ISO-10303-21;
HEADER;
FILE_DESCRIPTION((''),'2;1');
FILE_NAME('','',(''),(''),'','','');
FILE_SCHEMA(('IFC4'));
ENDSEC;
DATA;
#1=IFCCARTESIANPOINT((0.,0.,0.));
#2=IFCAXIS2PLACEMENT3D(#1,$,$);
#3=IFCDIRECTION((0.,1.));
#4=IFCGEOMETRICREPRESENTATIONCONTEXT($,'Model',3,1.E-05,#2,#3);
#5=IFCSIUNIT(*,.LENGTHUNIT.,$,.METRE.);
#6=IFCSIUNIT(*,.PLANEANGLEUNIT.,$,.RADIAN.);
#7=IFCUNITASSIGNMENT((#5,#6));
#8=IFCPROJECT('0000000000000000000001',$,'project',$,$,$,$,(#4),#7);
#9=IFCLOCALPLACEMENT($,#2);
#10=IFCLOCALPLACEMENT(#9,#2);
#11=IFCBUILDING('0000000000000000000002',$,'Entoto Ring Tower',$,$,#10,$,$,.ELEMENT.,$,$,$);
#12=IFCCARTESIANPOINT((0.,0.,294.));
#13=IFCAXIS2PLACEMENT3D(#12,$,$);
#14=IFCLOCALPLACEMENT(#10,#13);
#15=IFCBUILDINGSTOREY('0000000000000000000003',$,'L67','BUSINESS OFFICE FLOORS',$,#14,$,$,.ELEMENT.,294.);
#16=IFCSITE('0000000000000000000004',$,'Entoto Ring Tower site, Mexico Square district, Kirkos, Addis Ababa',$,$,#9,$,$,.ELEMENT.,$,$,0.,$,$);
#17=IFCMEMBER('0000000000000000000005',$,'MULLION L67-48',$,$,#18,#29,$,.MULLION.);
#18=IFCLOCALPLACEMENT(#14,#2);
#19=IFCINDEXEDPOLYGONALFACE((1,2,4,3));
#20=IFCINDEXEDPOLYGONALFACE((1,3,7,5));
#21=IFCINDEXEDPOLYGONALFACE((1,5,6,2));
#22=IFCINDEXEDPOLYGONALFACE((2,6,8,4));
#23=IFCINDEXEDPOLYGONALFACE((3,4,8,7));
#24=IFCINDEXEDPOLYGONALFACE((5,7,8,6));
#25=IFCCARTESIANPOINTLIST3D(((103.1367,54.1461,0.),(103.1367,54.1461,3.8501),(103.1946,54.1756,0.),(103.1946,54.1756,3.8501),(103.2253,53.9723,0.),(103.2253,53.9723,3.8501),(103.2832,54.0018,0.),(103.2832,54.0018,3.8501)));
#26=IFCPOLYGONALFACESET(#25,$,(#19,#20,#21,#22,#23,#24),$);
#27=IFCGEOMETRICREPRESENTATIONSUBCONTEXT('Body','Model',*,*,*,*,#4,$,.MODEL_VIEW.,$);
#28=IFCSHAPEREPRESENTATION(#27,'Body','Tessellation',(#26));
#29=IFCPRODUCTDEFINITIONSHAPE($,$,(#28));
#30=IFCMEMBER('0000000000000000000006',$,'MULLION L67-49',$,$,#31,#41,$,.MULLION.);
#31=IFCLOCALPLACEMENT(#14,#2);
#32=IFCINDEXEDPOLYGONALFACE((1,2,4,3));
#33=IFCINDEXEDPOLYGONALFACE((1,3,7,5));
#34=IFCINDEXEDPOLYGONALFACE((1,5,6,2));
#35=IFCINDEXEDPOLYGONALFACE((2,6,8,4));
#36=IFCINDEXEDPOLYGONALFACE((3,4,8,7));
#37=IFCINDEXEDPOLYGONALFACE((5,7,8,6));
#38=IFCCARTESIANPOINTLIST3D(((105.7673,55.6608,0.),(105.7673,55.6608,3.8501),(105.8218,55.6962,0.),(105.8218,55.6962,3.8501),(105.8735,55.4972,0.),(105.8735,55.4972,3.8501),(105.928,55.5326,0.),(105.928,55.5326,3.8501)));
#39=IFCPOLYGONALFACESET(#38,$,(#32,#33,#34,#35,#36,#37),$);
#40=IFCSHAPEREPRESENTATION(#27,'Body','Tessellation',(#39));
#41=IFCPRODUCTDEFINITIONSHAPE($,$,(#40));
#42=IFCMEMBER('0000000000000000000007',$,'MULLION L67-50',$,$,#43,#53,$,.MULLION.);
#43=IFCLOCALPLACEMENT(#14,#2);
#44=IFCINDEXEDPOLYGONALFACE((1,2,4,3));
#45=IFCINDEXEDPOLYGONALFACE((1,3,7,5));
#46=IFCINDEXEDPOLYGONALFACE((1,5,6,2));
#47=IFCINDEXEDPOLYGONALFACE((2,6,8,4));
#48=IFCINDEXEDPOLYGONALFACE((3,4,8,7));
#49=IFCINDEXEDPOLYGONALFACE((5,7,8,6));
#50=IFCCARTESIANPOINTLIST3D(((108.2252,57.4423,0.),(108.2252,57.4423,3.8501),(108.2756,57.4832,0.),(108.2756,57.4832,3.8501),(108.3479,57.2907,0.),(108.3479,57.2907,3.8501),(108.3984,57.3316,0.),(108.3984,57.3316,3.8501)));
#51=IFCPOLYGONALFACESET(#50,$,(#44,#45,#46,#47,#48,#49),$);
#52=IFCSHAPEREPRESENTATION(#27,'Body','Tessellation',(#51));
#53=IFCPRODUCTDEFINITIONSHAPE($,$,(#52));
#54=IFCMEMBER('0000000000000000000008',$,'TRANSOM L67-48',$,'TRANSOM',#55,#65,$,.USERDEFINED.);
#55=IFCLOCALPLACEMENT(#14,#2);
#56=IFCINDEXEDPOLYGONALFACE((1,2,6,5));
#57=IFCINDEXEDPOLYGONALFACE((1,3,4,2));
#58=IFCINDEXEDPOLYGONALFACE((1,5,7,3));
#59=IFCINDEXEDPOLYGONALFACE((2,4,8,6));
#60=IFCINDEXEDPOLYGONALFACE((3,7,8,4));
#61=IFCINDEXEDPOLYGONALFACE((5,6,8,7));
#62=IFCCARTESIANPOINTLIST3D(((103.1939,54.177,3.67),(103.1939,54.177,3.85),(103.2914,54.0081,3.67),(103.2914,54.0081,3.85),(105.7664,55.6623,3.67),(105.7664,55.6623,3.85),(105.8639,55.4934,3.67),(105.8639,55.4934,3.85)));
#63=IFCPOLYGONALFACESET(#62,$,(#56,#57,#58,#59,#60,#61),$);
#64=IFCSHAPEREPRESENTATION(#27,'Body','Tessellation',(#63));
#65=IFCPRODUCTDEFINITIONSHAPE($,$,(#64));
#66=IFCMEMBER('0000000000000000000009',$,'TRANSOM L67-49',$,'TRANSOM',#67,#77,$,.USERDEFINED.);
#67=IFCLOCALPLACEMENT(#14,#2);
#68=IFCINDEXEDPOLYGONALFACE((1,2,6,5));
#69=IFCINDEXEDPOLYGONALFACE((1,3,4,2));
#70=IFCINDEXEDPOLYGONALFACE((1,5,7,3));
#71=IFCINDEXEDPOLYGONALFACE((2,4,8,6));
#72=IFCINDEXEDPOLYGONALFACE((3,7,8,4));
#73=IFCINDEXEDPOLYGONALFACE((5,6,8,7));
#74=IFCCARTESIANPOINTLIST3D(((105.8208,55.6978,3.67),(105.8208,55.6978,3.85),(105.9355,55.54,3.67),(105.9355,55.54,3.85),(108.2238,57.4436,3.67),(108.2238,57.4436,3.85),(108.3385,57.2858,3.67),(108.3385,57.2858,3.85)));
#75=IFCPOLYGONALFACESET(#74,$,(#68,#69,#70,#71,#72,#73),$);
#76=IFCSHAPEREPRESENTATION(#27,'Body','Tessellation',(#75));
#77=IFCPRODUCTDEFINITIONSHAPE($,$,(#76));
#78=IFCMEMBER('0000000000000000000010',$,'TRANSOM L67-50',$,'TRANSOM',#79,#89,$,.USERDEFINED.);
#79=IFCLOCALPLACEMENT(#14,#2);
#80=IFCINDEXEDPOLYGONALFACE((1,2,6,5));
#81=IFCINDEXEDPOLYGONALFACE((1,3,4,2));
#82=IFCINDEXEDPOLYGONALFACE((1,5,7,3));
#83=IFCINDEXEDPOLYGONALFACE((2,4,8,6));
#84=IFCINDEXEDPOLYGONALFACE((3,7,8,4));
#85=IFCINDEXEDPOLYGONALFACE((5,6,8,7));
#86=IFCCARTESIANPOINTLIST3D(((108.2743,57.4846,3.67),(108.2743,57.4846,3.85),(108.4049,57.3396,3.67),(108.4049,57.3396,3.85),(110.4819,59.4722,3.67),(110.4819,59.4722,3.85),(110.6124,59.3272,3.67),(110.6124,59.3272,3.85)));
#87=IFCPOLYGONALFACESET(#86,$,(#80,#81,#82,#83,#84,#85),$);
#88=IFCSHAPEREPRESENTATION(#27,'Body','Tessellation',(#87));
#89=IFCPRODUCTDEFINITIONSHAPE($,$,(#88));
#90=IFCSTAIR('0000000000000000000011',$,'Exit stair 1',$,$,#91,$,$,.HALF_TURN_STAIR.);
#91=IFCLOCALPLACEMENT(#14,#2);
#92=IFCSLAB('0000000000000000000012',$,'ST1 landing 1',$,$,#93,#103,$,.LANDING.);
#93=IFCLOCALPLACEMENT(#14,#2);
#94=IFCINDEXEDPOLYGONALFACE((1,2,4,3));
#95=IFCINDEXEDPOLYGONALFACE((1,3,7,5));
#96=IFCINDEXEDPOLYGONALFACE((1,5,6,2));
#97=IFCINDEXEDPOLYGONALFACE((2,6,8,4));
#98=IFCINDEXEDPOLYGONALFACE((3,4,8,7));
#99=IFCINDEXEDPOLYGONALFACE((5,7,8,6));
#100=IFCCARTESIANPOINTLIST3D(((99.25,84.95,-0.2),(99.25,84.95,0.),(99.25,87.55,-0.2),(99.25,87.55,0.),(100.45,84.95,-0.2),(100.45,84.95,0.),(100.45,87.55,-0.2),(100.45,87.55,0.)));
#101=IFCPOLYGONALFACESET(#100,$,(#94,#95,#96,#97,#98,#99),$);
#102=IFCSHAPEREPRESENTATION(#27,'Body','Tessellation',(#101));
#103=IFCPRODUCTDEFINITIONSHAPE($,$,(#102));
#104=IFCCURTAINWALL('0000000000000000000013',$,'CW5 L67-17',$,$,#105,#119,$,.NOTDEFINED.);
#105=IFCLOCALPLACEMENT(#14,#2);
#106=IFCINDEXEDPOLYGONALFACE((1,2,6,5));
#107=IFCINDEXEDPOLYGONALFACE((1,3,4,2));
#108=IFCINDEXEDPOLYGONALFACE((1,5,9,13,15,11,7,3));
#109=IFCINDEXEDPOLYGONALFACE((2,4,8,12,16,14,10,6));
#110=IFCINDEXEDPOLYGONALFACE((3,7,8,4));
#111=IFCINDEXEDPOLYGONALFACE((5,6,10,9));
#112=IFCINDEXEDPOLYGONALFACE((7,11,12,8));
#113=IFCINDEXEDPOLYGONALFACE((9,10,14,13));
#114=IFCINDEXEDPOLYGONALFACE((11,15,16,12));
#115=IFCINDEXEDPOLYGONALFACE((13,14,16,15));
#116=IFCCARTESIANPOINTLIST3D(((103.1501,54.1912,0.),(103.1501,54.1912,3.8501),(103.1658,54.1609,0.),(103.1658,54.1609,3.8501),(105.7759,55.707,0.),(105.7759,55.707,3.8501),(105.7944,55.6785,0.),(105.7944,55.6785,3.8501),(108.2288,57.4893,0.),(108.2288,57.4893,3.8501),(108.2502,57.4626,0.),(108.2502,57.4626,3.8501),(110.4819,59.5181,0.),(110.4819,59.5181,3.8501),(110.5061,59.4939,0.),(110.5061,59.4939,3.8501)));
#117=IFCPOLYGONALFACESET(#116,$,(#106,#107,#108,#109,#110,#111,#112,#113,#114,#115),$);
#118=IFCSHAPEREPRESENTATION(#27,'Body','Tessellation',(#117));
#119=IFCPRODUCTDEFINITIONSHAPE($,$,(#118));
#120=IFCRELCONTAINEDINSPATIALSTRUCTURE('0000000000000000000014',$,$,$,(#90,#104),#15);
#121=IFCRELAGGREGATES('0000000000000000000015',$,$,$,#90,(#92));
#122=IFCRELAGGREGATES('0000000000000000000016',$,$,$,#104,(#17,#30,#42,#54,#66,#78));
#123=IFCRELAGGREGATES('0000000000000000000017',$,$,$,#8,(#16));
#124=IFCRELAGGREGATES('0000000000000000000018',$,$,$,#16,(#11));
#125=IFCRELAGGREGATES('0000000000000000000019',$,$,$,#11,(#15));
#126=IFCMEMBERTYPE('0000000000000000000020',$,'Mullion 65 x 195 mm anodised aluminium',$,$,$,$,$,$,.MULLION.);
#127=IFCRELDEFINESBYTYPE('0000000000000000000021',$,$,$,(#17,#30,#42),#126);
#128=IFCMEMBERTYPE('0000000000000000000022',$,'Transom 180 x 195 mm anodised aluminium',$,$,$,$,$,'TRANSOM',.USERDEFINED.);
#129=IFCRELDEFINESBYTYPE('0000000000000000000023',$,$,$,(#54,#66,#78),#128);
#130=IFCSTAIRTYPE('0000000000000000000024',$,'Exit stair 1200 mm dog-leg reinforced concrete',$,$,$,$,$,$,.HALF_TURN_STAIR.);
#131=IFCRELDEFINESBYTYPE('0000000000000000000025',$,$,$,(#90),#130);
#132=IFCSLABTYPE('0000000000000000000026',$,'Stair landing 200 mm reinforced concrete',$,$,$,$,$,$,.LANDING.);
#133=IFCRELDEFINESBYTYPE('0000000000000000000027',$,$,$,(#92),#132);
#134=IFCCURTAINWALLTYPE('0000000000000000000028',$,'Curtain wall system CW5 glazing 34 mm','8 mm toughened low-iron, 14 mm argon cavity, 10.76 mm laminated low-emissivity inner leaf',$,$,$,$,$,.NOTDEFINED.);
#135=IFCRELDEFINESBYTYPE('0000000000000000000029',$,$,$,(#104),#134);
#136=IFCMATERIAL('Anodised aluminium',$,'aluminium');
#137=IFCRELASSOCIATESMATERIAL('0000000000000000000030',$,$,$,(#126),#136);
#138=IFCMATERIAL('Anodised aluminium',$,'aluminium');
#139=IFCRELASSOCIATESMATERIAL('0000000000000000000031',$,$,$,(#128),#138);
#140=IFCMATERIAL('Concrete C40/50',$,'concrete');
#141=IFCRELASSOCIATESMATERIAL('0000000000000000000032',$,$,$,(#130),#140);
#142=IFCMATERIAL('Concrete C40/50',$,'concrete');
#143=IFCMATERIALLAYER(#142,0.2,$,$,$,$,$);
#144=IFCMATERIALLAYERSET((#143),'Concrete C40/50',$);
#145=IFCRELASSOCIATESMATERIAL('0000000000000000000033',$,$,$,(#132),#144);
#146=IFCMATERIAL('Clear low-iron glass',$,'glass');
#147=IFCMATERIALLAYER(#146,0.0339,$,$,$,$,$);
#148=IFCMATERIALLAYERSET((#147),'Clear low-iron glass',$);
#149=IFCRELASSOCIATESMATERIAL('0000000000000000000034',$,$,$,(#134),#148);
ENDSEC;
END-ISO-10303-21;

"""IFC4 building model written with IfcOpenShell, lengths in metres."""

from ifc_helpers import new_model, si_unit, direction, frame, origin, origin_2d, place, context, subcontext, project, spatial, polyline, rectangle, outline, extrude, material, layer, layer_set, material_profile, profile_set, type_object, element, aggregate, save


model = new_model("IFC4")

# Units and contexts
model_context = context("Model", 3, precision=1e-05, world=origin(), true_north=direction((0.0, 1.0)))
body_context = subcontext(model_context, "Body", "Model", "MODEL_VIEW")
ifc_project = project(units=[si_unit("LENGTHUNIT", "METRE"), si_unit("PLANEANGLEUNIT", "RADIAN")], contexts=[model_context])

# Members
ifc_material_1 = material(Name="Anodised aluminium", Category="aluminium")
ifc_material_profile_1 = material_profile(ifc_material_1, rectangle(XDim=0.0649, YDim=0.1951, at=origin_2d()), Name="Mullion 65 x 195 mm anodised aluminium")
ifc_profile_set_1 = profile_set([ifc_material_profile_1], Name="Anodised aluminium")
member_type_1 = type_object("IfcMemberType", Name="Mullion 65 x 195 mm anodised aluminium", PredefinedType="MULLION", material=ifc_profile_set_1)
site_placement = place(None, origin())
building_placement = place(site_placement, origin())
storey_placement = place(building_placement, frame((0.0, 0.0, 294.0)))
member_1_placement = place(storey_placement, frame((103.21, 54.074, 0.0), z_axis=(0.0, 0.0, 1.0), x_axis=(0.891007, 0.45399, 0.0)))
member_1 = element("IfcMember", 1, at=member_1_placement, type_object=member_type_1, Name="MULLION L67-48", PredefinedType="MULLION", context=body_context, shape_type="SweptSolid", body=[
    extrude(rectangle(XDim=0.0649, YDim=0.1951, at=origin_2d()), origin(), (0.0, 0.0, 1.0), 3.8501),
])
member_2_placement = place(storey_placement, frame((105.8477, 55.5967, 0.0), z_axis=(0.0, 0.0, 1.0), x_axis=(0.838671, 0.544639, 0.0)))
member_2 = element("IfcMember", 2, at=member_2_placement, type_object=member_type_1, Name="MULLION L67-49", PredefinedType="MULLION", context=body_context, shape_type="SweptSolid", body=[
    extrude(rectangle(XDim=0.0649, YDim=0.1951, at=origin_2d()), origin(), (0.0, 0.0, 1.0), 3.8501),
])
member_3_placement = place(storey_placement, frame((108.3118, 57.387, 0.0), z_axis=(0.0, 0.0, 1.0), x_axis=(0.777146, 0.62932, 0.0)))
member_3 = element("IfcMember", 3, at=member_3_placement, type_object=member_type_1, Name="MULLION L67-50", PredefinedType="MULLION", context=body_context, shape_type="SweptSolid", body=[
    extrude(rectangle(XDim=0.0649, YDim=0.1951, at=origin_2d()), origin(), (0.0, 0.0, 1.0), 3.8501),
])
ifc_material_2 = material(Name="Anodised aluminium", Category="aluminium")
ifc_material_profile_2 = material_profile(ifc_material_2, rectangle(XDim=0.1951, YDim=0.1799, at=origin_2d()), Name="Transom 180 x 195 mm anodised aluminium")
ifc_profile_set_2 = profile_set([ifc_material_profile_2], Name="Anodised aluminium")
member_type_2 = type_object("IfcMemberType", Name="Transom 180 x 195 mm anodised aluminium", ElementType="TRANSOM", PredefinedType="USERDEFINED", material=ifc_profile_set_2)
member_4_placement = place(storey_placement, frame((103.2427, 54.0925, 3.76), z_axis=(0.866009, 0.500028, 0.0), x_axis=(-0.500028, 0.866009, 0.0)))
member_4 = element("IfcMember", 4, at=member_4_placement, type_object=member_type_2, Name="TRANSOM L67-48", ObjectType="TRANSOM", PredefinedType="USERDEFINED", context=body_context, shape_type="SweptSolid", body=[
    extrude(rectangle(XDim=0.1951, YDim=0.1799, at=origin_2d()), origin(), (0.0, 0.0, 1.0), 2.9705),
])
member_5_placement = place(storey_placement, frame((105.8782, 55.6189, 3.76), z_axis=(0.809031, 0.587766, 0.0), x_axis=(-0.587766, 0.809031, 0.0)))
member_5 = element("IfcMember", 5, at=member_5_placement, type_object=member_type_2, Name="TRANSOM L67-49", ObjectType="TRANSOM", PredefinedType="USERDEFINED", context=body_context, shape_type="SweptSolid", body=[
    extrude(rectangle(XDim=0.1951, YDim=0.1799, at=origin_2d()), origin(), (0.0, 0.0, 1.0), 2.9702),
])
member_6_placement = place(storey_placement, frame((108.3396, 57.4121, 3.76), z_axis=(0.743163, 0.66911, 0.0), x_axis=(-0.66911, 0.743163, 0.0)))
member_6 = element("IfcMember", 6, at=member_6_placement, type_object=member_type_2, Name="TRANSOM L67-50", ObjectType="TRANSOM", PredefinedType="USERDEFINED", context=body_context, shape_type="SweptSolid", body=[
    extrude(rectangle(XDim=0.1951, YDim=0.1799, at=origin_2d()), origin(), (0.0, 0.0, 1.0), 2.9705),
])

# Site, building, storey
site = spatial("IfcSite", under=ifc_project, at=site_placement, Name="Entoto Ring Tower site, Mexico Square district, Kirkos, Addis Ababa", CompositionType="ELEMENT", RefElevation=0.0)
building = spatial("IfcBuilding", under=site, at=building_placement, Name="Entoto Ring Tower", CompositionType="ELEMENT")
storey = spatial("IfcBuildingStorey", under=building, at=storey_placement, Name="L67", Description="BUSINESS OFFICE FLOORS", CompositionType="ELEMENT", Elevation=294.0)

# Stair, slab
ifc_material_3 = material(Name="Concrete C40/50", Category="concrete")
stair_type = type_object("IfcStairType", Name="Exit stair 1200 mm dog-leg reinforced concrete", PredefinedType="HALF_TURN_STAIR", material=ifc_material_3)
stair_placement = place(storey_placement, origin())
stair = element("IfcStair", 7, at=stair_placement, inside=storey, type_object=stair_type, Name="Exit stair 1", PredefinedType="HALF_TURN_STAIR")
ifc_material_4 = material(Name="Concrete C40/50", Category="concrete")
ifc_layer_1 = layer(ifc_material_4, 0.2)
ifc_layer_set_1 = layer_set([ifc_layer_1], Name="Concrete C40/50")
slab_type = type_object("IfcSlabType", Name="Stair landing 200 mm reinforced concrete", PredefinedType="LANDING", material=ifc_layer_set_1)
slab_placement = place(storey_placement, frame((0.0, 0.0, -0.2)))
slab = element("IfcSlab", 8, at=slab_placement, type_object=slab_type, Name="ST1 landing 1", PredefinedType="LANDING", context=body_context, shape_type="SweptSolid", body=[
    extrude(outline(polyline([(100.45, 84.95), (100.45, 87.55), (99.25, 87.55), (99.25, 84.95), (100.45, 84.95)])), origin(), (0.0, 0.0, 1.0), 0.2),
])
aggregate(stair, [slab])

# Curtain wall
ifc_material_5 = material(Name="Clear low-iron glass", Category="glass")
ifc_layer_2 = layer(ifc_material_5, 0.0339)
ifc_layer_set_2 = layer_set([ifc_layer_2], Name="Clear low-iron glass")
curtain_wall_type = type_object("IfcCurtainWallType", Name="Curtain wall system CW5 glazing 34 mm", Description="8 mm toughened low-iron, 14 mm argon cavity, 10.76 mm laminated low-emissivity inner leaf", PredefinedType="NOTDEFINED", material=ifc_layer_set_2)
curtain_wall_1_placement = place(storey_placement, origin())
curtain_wall_1 = element("IfcCurtainWall", 9, at=curtain_wall_1_placement, inside=storey, type_object=curtain_wall_type, Name="CW5 L67-17", PredefinedType="NOTDEFINED", context=body_context, shape_type="SweptSolid", body=[
    extrude(outline(polyline([(103.1658, 54.1609), (105.7944, 55.6785), (108.2502, 57.4626), (110.5061, 59.4939), (110.4819, 59.5181), (108.2288, 57.4893), (105.7759, 55.707), (103.1501, 54.1912), (103.1658, 54.1609)])), origin(), (0.0, 0.0, 1.0), 3.8501),
])
aggregate(curtain_wall_1, [member_1, member_2, member_3, member_4, member_5, member_6])

save(model, "model.ifc")
